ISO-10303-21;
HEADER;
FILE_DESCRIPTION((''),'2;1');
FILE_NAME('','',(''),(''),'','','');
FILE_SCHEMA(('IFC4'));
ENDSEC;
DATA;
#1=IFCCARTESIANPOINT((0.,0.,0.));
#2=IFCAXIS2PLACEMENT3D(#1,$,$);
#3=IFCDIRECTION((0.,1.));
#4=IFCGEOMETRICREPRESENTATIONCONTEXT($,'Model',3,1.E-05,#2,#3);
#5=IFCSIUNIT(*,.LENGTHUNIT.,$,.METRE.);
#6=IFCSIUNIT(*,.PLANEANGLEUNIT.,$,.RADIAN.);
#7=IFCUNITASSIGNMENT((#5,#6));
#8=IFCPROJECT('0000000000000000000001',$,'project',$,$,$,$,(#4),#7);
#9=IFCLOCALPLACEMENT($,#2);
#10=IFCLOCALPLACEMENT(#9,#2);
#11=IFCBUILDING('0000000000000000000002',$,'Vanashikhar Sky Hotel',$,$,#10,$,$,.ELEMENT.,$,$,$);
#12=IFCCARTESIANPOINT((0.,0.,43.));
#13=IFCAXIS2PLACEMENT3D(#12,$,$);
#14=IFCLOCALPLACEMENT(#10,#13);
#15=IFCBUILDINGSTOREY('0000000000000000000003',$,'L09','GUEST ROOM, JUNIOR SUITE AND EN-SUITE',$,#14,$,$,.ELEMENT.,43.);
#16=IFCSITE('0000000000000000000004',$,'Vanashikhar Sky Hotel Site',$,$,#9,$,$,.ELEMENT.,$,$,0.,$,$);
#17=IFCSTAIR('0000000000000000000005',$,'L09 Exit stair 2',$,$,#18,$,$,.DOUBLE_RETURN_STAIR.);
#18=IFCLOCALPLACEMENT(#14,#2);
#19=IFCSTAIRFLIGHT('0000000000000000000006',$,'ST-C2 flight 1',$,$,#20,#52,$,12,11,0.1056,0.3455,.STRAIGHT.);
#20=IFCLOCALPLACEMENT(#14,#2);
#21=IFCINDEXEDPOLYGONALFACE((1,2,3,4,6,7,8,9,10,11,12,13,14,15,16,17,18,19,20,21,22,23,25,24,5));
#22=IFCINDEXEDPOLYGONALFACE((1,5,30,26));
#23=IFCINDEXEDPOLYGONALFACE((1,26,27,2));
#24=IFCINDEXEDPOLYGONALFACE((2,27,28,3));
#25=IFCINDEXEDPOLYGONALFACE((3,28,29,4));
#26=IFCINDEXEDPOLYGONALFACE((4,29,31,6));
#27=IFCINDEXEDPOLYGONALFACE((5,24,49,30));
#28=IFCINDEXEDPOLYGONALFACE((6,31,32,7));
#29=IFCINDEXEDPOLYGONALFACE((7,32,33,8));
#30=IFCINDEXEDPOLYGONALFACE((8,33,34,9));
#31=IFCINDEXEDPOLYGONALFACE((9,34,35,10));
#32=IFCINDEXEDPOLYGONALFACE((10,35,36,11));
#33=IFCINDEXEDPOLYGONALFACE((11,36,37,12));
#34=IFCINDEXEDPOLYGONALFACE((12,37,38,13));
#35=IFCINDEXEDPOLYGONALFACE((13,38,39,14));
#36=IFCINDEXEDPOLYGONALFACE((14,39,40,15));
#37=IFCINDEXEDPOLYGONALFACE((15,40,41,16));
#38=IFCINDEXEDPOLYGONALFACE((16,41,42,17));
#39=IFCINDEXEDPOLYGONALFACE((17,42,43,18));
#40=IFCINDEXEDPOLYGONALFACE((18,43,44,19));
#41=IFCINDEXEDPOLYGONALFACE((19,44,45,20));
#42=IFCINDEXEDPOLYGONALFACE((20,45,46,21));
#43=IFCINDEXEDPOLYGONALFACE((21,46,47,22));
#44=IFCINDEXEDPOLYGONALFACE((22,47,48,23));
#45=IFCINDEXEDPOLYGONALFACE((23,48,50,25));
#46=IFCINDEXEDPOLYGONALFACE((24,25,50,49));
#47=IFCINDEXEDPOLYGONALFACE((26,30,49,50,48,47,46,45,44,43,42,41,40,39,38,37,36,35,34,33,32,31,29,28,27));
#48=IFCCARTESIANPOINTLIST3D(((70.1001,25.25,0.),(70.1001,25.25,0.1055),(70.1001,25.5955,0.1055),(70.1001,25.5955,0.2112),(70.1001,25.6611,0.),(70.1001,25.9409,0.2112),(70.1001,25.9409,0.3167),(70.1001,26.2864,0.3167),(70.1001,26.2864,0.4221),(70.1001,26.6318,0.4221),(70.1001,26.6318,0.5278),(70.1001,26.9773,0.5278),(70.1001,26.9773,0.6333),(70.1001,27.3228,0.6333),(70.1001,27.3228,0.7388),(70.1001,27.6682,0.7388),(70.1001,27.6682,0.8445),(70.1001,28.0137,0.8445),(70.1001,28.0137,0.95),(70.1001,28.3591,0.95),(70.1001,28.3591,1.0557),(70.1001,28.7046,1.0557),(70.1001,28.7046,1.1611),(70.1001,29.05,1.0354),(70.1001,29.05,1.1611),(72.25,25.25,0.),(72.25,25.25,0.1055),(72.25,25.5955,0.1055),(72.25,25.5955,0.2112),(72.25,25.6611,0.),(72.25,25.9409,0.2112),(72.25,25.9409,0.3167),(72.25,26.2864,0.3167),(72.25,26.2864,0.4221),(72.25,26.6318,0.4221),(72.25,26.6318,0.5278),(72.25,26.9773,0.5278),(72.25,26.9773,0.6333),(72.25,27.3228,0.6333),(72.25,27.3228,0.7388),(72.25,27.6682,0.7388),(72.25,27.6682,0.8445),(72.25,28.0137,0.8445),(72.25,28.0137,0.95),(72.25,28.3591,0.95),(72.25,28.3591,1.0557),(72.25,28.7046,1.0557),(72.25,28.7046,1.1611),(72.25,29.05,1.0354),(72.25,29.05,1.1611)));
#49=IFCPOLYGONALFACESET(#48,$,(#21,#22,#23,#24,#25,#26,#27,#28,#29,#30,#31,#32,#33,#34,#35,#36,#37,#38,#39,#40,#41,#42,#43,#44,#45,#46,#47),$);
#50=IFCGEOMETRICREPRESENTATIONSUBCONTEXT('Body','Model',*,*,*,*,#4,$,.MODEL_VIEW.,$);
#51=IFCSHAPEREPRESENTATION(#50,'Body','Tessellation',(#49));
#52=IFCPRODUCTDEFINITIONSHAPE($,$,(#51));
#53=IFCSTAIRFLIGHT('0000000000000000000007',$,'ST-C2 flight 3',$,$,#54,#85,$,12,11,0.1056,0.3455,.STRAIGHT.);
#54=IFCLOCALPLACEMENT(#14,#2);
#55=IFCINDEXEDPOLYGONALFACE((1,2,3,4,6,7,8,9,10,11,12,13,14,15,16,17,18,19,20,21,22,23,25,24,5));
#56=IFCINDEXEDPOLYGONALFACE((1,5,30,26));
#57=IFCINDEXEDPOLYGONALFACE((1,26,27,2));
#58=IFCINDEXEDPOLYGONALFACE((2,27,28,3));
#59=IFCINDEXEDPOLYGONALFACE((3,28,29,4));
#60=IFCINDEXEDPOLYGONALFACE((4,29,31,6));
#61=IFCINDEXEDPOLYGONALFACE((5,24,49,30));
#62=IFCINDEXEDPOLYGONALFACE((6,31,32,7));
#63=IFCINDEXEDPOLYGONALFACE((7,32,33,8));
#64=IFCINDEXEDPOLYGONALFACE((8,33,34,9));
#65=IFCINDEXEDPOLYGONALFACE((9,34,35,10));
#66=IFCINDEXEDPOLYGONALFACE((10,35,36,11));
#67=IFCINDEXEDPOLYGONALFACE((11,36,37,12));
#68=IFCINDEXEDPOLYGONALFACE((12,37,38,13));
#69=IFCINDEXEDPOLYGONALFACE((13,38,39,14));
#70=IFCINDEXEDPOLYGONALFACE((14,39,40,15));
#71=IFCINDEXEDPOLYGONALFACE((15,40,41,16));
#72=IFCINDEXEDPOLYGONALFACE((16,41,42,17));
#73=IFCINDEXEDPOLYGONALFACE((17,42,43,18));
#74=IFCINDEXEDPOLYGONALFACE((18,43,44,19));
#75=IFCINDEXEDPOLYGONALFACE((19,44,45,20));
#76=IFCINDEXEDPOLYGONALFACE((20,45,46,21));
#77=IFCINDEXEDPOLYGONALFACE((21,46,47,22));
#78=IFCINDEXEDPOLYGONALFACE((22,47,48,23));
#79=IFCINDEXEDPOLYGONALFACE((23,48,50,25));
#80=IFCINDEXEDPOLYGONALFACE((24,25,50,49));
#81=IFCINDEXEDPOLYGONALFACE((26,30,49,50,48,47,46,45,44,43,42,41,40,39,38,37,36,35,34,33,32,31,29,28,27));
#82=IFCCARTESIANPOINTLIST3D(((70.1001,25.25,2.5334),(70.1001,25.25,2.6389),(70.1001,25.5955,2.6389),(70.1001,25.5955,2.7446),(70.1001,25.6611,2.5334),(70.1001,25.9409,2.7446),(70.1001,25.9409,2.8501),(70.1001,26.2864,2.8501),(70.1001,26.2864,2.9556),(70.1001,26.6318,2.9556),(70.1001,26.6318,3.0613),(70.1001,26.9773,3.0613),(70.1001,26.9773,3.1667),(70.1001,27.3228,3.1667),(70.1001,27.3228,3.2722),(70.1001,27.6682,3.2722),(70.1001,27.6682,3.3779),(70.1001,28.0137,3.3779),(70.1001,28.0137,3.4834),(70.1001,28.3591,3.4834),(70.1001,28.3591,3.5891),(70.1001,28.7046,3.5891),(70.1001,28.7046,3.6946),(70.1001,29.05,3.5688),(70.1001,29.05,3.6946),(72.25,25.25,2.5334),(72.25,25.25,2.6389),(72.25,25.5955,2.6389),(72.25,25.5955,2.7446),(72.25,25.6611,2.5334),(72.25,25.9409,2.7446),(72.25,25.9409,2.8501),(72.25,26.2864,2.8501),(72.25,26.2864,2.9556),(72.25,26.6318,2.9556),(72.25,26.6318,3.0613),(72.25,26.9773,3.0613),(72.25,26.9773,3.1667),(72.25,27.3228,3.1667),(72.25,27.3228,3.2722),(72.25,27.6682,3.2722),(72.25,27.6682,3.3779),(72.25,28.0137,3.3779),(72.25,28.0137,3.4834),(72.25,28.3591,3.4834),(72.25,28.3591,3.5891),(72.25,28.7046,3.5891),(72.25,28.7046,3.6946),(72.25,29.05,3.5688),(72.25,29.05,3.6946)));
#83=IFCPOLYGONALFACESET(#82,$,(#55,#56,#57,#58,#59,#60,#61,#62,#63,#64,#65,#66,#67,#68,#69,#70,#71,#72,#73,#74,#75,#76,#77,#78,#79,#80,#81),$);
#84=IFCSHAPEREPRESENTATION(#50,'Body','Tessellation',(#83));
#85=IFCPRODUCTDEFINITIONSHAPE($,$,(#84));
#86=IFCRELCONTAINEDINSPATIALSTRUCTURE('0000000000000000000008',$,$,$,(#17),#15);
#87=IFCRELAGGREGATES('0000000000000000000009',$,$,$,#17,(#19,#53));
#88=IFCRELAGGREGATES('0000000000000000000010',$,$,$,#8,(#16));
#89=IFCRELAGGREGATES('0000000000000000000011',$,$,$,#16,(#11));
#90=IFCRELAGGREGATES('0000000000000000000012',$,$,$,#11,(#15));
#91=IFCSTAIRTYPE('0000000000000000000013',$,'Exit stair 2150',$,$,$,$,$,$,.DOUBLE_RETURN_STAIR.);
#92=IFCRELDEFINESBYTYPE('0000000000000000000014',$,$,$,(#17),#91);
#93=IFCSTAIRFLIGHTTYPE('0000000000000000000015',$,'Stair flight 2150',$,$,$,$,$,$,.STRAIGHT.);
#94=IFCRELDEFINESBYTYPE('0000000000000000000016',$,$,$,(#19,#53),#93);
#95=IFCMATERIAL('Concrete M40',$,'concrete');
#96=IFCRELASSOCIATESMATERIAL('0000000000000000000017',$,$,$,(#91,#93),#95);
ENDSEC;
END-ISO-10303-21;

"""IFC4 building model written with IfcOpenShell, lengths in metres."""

from ifc_helpers import new_model, si_unit, direction, frame, origin, place, context, subcontext, project, spatial, polyline, outline, extrude, source, transform, mapped, material, type_object, element, aggregate, save


model = new_model("IFC4")

# Units and contexts
model_context = context("Model", 3, precision=1e-05, world=origin(), true_north=direction((0.0, 1.0)))
body_context = subcontext(model_context, "Body", "Model", "MODEL_VIEW")
ifc_project = project(units=[si_unit("LENGTHUNIT", "METRE"), si_unit("PLANEANGLEUNIT", "RADIAN")], contexts=[model_context])

# Site, building, storey
site_placement = place(None, origin())
site = spatial("IfcSite", under=ifc_project, at=site_placement, Name="Vanashikhar Sky Hotel Site", CompositionType="ELEMENT", RefElevation=0.0)
building_placement = place(site_placement, origin())
building = spatial("IfcBuilding", under=site, at=building_placement, Name="Vanashikhar Sky Hotel", CompositionType="ELEMENT")
storey_placement = place(building_placement, frame((0.0, 0.0, 43.0)))
storey = spatial("IfcBuildingStorey", under=building, at=storey_placement, Name="L09", Description="GUEST ROOM, JUNIOR SUITE AND EN-SUITE", CompositionType="ELEMENT", Elevation=43.0)

# Stair, stair flights
ifc_material_1 = material(Name="Concrete M40", Category="concrete")
stair_type = type_object("IfcStairType", Name="Exit stair 2150", PredefinedType="DOUBLE_RETURN_STAIR", material=ifc_material_1)
stair_placement = place(storey_placement, origin())
stair = element("IfcStair", 1, at=stair_placement, inside=storey, type_object=stair_type, Name="L09 Exit stair 2", PredefinedType="DOUBLE_RETURN_STAIR")
stair_flight_type = type_object("IfcStairFlightType", Name="Stair flight 2150", PredefinedType="STRAIGHT", material=ifc_material_1)
shared_shape_1 = source(origin(), body_context, "Body", "SweptSolid", [
    extrude(outline(polyline([(0.0, 0.0), (0.0, 0.1055), (0.3455, 0.1055), (0.3455, 0.2112), (0.6909, 0.2112), (0.6909, 0.3167), (1.0364, 0.3167), (1.0364, 0.4221), (1.3818, 0.4221), (1.3818, 0.5278), (1.7273, 0.5278), (1.7273, 0.6333), (2.0728, 0.6333), (2.0728, 0.7388), (2.4182, 0.7388), (2.4182, 0.8445), (2.7637, 0.8445), (2.7637, 0.95), (3.1091, 0.95), (3.1091, 1.0557), (3.4546, 1.0557), (3.4546, 1.1611), (3.8, 1.1611), (3.8, 1.2666), (3.8, 1.0354), (0.4111, 0.0), (0.0, 0.0)])), frame((0.0, 1.075, 0.0), z_axis=(0.0, -1.0, 0.0), x_axis=(1.0, 0.0, 0.0)), (0.0, 0.0, 1.0), 2.1499),
])
stair_flight_1_placement = place(storey_placement, frame((71.175, 25.25, 0.0), z_axis=(0.0, 0.0, 1.0), x_axis=(0.0, 1.0, 0.0)))
stair_flight_1 = element("IfcStairFlight", 2, at=stair_flight_1_placement, type_object=stair_flight_type, Name="ST-C2 flight 1", NumberOfRisers=12, NumberOfTreads=11, PredefinedType="STRAIGHT", RiserHeight=0.1056, TreadLength=0.3455, context=body_context, shape_type="MappedRepresentation", body=[
    mapped(shared_shape_1, transform((0.0, 0.0, 0.0), scale=1.0)),
])
stair_flight_2_placement = place(storey_placement, frame((71.175, 25.25, 2.5334), z_axis=(0.0, 0.0, 1.0), x_axis=(0.0, 1.0, 0.0)))
stair_flight_2 = element("IfcStairFlight", 3, at=stair_flight_2_placement, type_object=stair_flight_type, Name="ST-C2 flight 3", NumberOfRisers=12, NumberOfTreads=11, PredefinedType="STRAIGHT", RiserHeight=0.1056, TreadLength=0.3455, context=body_context, shape_type="MappedRepresentation", body=[
    mapped(shared_shape_1, transform((0.0, 0.0, 0.0), scale=1.0)),
])
aggregate(stair, [stair_flight_1, stair_flight_2])

save(model, "model.ifc")
